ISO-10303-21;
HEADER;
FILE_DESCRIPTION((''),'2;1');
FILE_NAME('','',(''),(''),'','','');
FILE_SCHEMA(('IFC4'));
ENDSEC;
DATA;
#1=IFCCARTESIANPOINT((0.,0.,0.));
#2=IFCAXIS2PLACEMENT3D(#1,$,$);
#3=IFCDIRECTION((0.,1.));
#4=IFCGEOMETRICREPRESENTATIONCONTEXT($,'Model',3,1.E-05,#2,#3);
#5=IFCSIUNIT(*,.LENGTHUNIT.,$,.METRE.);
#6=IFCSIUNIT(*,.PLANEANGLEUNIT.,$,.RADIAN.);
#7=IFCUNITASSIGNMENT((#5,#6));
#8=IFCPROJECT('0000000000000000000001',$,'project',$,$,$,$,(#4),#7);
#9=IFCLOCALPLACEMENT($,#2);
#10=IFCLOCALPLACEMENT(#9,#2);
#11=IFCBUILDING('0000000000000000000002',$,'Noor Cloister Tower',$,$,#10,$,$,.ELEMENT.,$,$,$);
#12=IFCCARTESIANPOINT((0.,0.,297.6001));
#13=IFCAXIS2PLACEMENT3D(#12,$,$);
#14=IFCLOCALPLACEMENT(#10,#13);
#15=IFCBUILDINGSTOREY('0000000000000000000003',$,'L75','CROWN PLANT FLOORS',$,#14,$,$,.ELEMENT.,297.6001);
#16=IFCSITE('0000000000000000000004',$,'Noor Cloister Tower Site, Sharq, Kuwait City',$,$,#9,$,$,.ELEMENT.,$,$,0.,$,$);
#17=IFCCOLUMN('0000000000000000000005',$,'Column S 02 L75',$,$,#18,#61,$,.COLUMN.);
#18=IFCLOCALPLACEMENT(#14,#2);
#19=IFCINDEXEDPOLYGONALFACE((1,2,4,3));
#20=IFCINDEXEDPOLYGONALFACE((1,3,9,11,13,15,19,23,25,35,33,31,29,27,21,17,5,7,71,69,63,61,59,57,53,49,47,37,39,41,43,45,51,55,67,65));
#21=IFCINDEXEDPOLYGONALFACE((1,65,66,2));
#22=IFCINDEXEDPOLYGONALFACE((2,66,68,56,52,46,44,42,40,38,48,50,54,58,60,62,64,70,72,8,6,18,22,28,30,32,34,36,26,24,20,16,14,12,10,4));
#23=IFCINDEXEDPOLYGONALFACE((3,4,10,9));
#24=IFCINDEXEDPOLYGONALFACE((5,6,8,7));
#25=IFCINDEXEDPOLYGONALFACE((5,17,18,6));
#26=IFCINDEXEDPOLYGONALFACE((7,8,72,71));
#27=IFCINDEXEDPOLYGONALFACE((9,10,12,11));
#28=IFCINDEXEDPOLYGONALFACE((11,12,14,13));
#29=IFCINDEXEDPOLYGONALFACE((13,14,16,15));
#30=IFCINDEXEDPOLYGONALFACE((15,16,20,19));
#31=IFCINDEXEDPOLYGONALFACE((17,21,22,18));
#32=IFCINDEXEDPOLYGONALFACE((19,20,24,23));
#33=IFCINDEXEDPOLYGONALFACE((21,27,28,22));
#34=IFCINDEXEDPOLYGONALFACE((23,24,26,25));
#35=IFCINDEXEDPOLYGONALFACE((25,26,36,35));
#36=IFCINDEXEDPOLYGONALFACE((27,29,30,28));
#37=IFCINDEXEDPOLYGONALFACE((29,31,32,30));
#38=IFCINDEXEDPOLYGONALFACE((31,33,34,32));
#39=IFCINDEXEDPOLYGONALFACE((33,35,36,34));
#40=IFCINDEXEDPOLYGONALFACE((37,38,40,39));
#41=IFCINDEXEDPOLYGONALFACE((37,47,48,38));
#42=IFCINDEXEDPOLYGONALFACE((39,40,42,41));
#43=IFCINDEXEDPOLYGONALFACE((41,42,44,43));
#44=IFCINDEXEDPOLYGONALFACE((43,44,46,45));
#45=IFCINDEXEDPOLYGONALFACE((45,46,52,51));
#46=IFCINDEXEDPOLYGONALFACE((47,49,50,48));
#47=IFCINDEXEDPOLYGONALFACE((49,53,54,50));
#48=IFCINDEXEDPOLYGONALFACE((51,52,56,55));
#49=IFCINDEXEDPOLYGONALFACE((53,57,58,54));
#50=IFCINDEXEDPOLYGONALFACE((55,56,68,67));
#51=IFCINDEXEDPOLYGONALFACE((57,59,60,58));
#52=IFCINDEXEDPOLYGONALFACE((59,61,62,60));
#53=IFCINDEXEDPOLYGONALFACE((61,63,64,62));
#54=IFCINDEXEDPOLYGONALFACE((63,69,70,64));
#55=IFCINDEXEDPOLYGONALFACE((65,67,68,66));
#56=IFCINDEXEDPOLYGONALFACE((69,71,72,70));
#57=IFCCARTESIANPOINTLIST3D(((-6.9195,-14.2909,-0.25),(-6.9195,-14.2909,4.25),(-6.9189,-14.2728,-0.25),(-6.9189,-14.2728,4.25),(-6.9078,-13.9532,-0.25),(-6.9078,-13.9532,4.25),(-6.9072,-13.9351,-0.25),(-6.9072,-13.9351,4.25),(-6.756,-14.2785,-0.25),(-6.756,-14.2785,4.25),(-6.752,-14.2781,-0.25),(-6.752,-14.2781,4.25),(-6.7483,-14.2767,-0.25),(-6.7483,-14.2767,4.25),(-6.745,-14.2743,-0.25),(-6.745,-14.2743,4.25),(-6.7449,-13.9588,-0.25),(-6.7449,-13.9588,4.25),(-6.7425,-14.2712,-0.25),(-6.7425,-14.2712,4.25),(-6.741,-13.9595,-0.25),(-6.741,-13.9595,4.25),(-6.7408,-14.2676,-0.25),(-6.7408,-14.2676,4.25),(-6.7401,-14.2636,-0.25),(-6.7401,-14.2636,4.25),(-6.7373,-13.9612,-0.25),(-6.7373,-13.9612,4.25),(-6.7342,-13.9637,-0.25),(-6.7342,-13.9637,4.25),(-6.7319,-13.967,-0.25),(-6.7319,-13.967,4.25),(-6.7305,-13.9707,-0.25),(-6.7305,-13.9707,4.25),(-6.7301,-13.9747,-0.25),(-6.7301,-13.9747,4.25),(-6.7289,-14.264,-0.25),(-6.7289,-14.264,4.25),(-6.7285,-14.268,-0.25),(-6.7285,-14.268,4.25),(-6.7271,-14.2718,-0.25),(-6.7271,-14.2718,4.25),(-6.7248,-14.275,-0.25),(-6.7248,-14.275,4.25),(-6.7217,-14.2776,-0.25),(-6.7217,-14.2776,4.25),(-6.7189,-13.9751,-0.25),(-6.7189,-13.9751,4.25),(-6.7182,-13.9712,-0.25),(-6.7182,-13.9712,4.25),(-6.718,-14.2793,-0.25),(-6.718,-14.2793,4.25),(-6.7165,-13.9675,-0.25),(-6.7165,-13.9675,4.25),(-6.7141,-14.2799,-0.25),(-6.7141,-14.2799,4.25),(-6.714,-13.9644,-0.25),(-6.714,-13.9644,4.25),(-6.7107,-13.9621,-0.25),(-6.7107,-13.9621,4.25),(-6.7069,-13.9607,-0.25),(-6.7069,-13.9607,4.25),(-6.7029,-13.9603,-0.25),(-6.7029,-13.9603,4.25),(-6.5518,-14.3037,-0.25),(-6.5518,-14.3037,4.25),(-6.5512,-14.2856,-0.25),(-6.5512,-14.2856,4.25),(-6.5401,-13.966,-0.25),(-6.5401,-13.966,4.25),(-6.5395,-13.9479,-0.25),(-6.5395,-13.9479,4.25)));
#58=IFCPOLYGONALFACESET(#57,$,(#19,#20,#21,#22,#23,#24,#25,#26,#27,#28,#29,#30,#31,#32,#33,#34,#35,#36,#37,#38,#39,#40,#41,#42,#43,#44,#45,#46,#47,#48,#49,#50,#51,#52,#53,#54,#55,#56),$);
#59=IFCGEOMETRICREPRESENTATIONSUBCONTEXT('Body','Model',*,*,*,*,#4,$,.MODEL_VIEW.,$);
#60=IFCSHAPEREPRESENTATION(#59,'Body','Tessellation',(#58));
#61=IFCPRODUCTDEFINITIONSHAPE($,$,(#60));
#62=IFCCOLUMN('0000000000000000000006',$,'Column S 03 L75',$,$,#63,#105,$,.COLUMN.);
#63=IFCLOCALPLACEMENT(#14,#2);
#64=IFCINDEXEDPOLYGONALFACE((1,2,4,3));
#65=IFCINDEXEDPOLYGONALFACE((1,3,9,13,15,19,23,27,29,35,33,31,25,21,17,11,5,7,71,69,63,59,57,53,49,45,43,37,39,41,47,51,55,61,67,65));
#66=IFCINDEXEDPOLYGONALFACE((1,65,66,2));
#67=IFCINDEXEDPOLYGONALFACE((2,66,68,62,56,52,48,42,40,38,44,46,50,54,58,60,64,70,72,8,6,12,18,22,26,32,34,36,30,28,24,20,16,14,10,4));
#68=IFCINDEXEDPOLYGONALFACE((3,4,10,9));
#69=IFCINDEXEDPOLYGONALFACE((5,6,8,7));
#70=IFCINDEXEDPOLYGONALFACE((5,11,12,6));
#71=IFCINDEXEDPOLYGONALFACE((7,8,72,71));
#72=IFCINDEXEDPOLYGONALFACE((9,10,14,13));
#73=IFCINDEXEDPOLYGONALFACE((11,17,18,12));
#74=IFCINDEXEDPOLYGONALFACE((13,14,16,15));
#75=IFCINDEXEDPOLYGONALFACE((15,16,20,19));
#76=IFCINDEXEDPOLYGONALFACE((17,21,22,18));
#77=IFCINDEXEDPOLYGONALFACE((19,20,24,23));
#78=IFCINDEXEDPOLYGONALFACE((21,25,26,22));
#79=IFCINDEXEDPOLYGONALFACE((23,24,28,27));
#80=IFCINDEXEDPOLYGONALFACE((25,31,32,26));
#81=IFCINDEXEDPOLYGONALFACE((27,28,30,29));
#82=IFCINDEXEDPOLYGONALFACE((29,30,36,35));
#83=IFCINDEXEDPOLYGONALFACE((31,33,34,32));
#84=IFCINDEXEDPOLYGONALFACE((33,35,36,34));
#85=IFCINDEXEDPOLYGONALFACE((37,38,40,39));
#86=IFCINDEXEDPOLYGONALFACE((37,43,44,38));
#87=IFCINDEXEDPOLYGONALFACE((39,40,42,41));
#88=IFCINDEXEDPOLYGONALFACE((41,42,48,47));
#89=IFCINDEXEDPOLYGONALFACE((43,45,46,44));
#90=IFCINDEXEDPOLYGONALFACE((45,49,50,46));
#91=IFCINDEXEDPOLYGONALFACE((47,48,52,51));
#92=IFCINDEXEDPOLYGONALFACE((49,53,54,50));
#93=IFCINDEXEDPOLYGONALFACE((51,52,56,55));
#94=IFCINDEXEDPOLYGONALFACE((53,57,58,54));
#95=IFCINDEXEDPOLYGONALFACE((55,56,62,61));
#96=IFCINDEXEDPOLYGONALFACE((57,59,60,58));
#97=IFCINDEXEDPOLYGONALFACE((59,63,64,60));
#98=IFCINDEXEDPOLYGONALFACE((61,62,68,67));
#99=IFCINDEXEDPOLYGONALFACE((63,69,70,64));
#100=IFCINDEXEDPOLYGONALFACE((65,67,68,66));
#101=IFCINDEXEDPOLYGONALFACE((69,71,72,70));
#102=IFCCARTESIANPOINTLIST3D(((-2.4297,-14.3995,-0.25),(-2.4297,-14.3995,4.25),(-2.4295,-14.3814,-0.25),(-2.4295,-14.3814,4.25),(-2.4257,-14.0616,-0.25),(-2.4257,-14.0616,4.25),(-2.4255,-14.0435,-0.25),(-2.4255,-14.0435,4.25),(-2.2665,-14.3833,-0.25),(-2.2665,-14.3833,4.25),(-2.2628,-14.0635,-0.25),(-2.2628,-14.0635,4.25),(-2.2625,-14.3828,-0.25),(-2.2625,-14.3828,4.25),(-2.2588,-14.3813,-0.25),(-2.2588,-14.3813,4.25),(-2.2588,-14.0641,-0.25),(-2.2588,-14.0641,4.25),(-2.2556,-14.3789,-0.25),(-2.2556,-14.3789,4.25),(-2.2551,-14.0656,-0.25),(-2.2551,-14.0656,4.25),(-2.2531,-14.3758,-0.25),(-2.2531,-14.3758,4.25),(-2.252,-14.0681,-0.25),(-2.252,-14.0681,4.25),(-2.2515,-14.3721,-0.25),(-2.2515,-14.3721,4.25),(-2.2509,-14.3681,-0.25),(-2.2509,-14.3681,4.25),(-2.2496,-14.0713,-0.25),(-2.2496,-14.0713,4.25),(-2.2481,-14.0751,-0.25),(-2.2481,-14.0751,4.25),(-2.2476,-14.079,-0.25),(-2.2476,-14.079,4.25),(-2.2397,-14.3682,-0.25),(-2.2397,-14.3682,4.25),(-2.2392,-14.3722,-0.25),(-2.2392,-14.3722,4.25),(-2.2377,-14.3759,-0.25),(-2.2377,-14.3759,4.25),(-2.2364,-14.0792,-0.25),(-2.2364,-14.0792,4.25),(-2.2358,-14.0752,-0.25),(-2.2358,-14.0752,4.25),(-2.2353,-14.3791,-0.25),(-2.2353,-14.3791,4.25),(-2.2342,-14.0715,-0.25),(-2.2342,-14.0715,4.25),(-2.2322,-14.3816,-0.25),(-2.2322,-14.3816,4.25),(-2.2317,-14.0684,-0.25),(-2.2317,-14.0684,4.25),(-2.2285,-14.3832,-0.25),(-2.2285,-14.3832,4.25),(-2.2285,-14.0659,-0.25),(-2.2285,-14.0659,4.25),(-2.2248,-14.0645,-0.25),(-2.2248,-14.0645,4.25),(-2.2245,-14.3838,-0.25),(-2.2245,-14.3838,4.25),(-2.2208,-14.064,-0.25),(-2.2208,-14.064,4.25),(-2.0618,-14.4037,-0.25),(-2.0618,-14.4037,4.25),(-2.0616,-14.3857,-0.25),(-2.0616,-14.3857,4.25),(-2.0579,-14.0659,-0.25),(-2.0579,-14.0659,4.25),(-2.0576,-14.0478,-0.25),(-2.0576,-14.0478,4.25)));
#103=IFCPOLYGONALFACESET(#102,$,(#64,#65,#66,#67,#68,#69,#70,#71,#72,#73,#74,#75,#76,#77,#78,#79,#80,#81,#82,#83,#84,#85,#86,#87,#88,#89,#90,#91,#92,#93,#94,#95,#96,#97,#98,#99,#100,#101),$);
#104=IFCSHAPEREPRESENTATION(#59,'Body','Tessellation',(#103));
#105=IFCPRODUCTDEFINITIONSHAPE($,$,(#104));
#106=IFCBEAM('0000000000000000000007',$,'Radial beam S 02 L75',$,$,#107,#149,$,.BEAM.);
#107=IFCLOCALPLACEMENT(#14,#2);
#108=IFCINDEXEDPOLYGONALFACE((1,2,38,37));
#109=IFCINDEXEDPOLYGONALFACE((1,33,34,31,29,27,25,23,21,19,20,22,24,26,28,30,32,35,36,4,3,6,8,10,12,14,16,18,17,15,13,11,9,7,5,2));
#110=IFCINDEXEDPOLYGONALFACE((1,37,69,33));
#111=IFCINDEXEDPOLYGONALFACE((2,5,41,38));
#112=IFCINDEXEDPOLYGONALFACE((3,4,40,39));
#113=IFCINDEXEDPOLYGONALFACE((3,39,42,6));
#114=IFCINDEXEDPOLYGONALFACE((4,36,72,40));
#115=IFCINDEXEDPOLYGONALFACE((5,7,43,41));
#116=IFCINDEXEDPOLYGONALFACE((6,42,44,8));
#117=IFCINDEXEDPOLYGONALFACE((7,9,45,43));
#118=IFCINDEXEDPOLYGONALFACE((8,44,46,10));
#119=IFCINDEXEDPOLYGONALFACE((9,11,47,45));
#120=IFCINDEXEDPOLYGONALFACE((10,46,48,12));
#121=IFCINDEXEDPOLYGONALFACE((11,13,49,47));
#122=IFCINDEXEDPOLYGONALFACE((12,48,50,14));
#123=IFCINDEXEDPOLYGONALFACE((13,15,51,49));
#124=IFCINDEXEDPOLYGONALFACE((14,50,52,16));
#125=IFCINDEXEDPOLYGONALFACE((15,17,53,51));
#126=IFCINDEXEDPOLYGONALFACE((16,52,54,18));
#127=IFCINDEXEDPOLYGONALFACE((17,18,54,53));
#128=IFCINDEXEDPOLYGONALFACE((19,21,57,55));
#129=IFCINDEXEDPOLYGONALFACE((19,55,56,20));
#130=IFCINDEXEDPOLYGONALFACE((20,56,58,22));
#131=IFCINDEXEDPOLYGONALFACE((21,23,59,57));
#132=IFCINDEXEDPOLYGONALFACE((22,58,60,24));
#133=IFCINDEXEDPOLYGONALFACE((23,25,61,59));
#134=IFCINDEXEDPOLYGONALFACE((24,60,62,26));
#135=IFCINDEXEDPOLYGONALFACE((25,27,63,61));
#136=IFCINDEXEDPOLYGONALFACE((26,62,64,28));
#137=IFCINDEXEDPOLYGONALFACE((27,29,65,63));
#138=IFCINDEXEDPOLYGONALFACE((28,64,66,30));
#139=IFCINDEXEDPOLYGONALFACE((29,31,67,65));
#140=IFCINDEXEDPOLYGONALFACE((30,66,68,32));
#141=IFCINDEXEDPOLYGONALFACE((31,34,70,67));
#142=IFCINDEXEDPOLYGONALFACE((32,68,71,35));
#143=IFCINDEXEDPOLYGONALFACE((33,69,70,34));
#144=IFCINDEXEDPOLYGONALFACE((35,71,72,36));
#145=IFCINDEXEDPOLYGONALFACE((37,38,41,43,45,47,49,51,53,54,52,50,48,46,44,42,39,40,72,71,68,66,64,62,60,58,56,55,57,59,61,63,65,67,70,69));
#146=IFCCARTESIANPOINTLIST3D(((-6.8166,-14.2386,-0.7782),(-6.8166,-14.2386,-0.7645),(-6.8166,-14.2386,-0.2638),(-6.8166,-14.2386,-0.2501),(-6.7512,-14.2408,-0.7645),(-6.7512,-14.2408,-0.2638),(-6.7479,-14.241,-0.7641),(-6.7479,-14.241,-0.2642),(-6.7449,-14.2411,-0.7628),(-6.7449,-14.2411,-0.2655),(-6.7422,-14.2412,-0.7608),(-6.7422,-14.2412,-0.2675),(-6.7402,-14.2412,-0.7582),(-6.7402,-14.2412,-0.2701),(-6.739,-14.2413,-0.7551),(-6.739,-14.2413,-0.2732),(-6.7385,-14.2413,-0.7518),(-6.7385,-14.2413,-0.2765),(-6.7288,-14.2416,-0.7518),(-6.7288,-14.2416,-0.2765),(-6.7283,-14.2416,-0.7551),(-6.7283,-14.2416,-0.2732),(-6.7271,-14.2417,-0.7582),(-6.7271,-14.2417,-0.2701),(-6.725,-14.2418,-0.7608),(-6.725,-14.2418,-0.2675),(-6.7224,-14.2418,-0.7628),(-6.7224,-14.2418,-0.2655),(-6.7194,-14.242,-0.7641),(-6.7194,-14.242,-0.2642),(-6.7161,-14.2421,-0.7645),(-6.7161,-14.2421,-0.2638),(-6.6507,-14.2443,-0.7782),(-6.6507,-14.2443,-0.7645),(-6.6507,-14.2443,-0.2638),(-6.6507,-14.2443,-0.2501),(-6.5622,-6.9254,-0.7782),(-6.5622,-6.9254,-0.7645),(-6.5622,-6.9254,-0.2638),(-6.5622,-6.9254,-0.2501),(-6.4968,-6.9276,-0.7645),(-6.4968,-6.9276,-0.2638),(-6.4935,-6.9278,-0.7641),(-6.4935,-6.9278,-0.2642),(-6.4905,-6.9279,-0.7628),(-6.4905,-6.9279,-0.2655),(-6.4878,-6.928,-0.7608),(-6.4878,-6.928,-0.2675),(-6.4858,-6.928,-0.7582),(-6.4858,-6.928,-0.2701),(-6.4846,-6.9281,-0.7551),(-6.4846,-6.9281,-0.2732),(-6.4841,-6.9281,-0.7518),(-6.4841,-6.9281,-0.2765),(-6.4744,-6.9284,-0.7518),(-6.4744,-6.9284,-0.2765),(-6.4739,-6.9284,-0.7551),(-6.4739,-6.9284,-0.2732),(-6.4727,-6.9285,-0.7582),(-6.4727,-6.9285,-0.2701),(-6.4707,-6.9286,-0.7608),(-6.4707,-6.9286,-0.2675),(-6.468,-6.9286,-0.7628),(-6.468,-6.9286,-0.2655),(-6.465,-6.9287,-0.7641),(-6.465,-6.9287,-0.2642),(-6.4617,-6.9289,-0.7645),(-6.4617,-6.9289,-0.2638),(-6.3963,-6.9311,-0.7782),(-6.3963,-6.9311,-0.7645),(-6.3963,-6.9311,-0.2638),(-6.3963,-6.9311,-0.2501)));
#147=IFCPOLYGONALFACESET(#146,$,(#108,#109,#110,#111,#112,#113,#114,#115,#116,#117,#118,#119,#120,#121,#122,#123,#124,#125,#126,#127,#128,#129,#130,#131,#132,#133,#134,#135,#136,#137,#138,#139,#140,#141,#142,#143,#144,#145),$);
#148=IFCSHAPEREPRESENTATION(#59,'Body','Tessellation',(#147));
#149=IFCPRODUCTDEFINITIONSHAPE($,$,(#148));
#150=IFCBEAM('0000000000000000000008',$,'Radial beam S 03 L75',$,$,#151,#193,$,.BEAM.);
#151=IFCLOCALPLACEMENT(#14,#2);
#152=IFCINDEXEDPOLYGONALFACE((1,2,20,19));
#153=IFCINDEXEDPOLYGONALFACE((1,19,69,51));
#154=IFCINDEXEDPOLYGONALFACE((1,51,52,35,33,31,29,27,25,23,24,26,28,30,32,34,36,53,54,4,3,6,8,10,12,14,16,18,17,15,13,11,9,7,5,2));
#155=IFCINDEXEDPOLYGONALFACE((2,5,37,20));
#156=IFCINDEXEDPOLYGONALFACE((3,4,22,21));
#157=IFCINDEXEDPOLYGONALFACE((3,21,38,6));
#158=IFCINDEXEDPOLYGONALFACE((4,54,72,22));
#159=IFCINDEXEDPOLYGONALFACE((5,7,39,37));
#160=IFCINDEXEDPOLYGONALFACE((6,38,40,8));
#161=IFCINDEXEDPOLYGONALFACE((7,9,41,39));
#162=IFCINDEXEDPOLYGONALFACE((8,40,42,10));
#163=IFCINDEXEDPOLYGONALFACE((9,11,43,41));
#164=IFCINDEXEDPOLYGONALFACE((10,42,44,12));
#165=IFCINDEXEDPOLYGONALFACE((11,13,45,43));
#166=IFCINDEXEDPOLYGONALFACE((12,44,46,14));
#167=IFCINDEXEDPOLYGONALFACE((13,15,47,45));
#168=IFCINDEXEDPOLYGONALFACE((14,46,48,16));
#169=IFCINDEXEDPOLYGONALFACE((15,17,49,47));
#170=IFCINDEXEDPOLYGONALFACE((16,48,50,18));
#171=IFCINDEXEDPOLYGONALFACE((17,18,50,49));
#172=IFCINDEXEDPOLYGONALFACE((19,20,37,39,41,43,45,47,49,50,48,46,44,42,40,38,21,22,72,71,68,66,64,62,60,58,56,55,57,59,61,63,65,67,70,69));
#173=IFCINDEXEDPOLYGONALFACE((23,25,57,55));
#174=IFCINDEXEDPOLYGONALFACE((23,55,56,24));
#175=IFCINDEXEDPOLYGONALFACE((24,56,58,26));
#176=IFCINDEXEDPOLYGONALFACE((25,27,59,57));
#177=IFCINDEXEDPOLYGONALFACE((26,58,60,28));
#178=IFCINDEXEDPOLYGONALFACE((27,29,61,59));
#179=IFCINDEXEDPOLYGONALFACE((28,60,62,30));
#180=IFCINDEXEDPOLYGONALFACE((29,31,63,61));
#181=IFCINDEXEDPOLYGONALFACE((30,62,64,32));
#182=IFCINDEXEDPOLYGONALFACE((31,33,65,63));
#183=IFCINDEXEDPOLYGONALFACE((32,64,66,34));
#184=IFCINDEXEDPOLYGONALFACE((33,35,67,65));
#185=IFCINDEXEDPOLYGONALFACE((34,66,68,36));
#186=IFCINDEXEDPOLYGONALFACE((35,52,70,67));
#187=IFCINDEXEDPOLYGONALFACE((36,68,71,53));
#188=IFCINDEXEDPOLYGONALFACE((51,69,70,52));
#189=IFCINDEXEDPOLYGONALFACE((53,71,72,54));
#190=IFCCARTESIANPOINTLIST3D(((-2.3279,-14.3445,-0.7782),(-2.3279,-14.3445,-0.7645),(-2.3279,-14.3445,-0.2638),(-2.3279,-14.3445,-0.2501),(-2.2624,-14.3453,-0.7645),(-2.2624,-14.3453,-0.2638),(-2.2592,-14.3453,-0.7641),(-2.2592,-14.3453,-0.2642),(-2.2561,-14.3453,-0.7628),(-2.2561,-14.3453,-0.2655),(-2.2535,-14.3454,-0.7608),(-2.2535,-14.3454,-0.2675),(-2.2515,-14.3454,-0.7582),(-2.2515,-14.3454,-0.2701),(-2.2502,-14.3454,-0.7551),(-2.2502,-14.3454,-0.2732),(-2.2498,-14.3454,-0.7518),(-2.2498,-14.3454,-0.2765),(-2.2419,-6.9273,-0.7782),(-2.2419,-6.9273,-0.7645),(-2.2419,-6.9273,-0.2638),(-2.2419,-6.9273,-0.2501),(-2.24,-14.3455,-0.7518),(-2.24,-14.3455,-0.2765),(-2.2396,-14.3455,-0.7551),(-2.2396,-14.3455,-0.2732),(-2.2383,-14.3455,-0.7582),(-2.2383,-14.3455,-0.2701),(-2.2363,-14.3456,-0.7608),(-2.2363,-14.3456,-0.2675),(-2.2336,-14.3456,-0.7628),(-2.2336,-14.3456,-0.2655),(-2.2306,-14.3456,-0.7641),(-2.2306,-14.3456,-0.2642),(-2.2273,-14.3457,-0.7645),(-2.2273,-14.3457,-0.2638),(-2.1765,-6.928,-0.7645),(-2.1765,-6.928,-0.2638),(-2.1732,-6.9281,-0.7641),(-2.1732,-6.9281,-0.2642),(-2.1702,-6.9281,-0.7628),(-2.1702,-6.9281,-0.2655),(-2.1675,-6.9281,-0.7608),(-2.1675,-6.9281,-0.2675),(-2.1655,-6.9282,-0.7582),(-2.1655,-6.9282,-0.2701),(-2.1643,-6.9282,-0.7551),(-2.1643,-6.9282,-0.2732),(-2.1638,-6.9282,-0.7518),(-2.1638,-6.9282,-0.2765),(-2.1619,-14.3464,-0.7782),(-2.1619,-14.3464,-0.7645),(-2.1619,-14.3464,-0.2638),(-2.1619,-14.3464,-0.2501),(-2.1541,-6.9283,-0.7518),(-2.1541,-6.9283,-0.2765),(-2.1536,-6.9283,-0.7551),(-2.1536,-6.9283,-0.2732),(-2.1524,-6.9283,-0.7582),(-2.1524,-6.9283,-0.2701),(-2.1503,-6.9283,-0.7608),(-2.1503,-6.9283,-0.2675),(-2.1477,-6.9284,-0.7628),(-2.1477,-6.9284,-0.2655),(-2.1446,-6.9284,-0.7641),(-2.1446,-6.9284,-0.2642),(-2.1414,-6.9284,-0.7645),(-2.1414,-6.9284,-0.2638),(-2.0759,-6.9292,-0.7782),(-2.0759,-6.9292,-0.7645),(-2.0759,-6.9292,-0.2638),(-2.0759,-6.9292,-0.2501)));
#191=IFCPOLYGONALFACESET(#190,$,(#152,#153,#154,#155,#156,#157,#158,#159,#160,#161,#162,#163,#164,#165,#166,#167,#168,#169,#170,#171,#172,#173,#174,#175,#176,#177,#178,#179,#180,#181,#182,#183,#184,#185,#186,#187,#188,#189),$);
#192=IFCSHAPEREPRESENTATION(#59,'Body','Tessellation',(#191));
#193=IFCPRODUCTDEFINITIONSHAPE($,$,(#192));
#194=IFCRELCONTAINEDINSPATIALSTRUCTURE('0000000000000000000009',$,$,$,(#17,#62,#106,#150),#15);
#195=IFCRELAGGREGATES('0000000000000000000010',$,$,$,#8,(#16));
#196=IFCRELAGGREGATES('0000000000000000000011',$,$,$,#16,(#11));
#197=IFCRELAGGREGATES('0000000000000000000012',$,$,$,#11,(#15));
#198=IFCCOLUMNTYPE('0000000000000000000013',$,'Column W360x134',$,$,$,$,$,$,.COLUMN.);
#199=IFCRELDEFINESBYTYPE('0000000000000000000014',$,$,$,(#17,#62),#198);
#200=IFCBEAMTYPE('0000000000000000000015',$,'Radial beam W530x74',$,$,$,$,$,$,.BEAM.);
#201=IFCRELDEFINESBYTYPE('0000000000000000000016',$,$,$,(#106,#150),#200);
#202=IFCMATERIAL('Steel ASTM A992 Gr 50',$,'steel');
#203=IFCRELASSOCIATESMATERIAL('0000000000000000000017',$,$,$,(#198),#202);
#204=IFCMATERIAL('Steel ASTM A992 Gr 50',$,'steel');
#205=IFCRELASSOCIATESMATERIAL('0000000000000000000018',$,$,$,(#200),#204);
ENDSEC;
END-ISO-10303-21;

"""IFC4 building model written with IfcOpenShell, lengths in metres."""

from ifc_helpers import new_model, si_unit, direction, frame, origin, origin_2d, place, context, subcontext, project, spatial, i_section, extrude, material, material_profile, profile_set, type_object, element, save


model = new_model("IFC4")

# Units and contexts
model_context = context("Model", 3, precision=1e-05, world=origin(), true_north=direction((0.0, 1.0)))
body_context = subcontext(model_context, "Body", "Model", "MODEL_VIEW")
ifc_project = project(units=[si_unit("LENGTHUNIT", "METRE"), si_unit("PLANEANGLEUNIT", "RADIAN")], contexts=[model_context])

# Site, building, storey
site_placement = place(None, origin())
site = spatial("IfcSite", under=ifc_project, at=site_placement, Name="Noor Cloister Tower Site, Sharq, Kuwait City", CompositionType="ELEMENT", RefElevation=0.0)
building_placement = place(site_placement, origin())
building = spatial("IfcBuilding", under=site, at=building_placement, Name="Noor Cloister Tower", CompositionType="ELEMENT")
storey_placement = place(building_placement, frame((0.0, 0.0, 297.6001)))
storey = spatial("IfcBuildingStorey", under=building, at=storey_placement, Name="L75", Description="CROWN PLANT FLOORS", CompositionType="ELEMENT", Elevation=297.6001)

# Columns
ifc_material_1 = material(Name="Steel ASTM A992 Gr 50", Category="steel")
ifc_material_profile_1 = material_profile(ifc_material_1, i_section(OverallWidth=0.3679, OverallDepth=0.356, WebThickness=0.0112, FlangeThickness=0.0181, FilletRadius=0.0154, at=origin_2d()), Name="W360x134")
ifc_profile_set_1 = profile_set([ifc_material_profile_1], Name="Steel ASTM A992 Gr 50")
column_type = type_object("IfcColumnType", Name="Column W360x134", PredefinedType="COLUMN", material=ifc_profile_set_1)
for number, where, z_axis, x_axis, name in (
    (1, (-6.7295, -14.1194, -0.25), (0.0, 0.0, 1.0), (0.999395, -0.034782, 0.0), "Column S 02 L75"),
    (2, (-2.2437, -14.2236, -0.25), (0.0, 0.0, 1.0), (0.999933, -0.011596, 0.0), "Column S 03 L75"),
):
    element("IfcColumn", number, at=place(storey_placement, frame(where, z_axis=z_axis, x_axis=x_axis)), inside=storey, type_object=column_type, Name=name, PredefinedType="COLUMN", context=body_context, shape_type="SweptSolid", body=[
        extrude(i_section(OverallWidth=0.3679, OverallDepth=0.356, WebThickness=0.0112, FlangeThickness=0.0181, FilletRadius=0.0154, at=origin_2d()), origin(), (0.0, 0.0, 1.0), 4.5),
    ])

# Beams
ifc_material_2 = material(Name="Steel ASTM A992 Gr 50", Category="steel")
ifc_material_profile_2 = material_profile(ifc_material_2, i_section(OverallWidth=0.166, OverallDepth=0.5281, WebThickness=0.0098, FlangeThickness=0.0137, FilletRadius=0.0127, at=origin_2d()), Name="W530x74")
ifc_profile_set_2 = profile_set([ifc_material_profile_2], Name="Steel ASTM A992 Gr 50")
beam_type_1 = type_object("IfcBeamType", Name="Radial beam W530x74", PredefinedType="BEAM", material=ifc_profile_set_2)
beam_1_placement = place(storey_placement, frame((-6.7336, -14.2415, -0.5142), z_axis=(0.034764, 0.999396, 0.0), x_axis=(-0.999396, 0.034764, 0.0)))
element("IfcBeam", 3, at=beam_1_placement, inside=storey, type_object=beam_type_1, Name="Radial beam S 02 L75", PredefinedType="BEAM", context=body_context, shape_type="SweptSolid", body=[
    extrude(i_section(OverallWidth=0.166, OverallDepth=0.5281, WebThickness=0.0098, FlangeThickness=0.0137, FilletRadius=0.0127, at=origin_2d()), origin(), (0.0, 0.0, 1.0), 7.3176),
])
beam_2_placement = place(storey_placement, frame((-2.2449, -14.3455, -0.5142), z_axis=(0.011585, 0.999933, 0.0), x_axis=(-0.999933, 0.011585, 0.0)))
element("IfcBeam", 4, at=beam_2_placement, inside=storey, type_object=beam_type_1, Name="Radial beam S 03 L75", PredefinedType="BEAM", context=body_context, shape_type="SweptSolid", body=[
    extrude(i_section(OverallWidth=0.166, OverallDepth=0.5281, WebThickness=0.0098, FlangeThickness=0.0137, FilletRadius=0.0127, at=origin_2d()), origin(), (0.0, 0.0, 1.0), 7.4177),
])

save(model, "model.ifc")
